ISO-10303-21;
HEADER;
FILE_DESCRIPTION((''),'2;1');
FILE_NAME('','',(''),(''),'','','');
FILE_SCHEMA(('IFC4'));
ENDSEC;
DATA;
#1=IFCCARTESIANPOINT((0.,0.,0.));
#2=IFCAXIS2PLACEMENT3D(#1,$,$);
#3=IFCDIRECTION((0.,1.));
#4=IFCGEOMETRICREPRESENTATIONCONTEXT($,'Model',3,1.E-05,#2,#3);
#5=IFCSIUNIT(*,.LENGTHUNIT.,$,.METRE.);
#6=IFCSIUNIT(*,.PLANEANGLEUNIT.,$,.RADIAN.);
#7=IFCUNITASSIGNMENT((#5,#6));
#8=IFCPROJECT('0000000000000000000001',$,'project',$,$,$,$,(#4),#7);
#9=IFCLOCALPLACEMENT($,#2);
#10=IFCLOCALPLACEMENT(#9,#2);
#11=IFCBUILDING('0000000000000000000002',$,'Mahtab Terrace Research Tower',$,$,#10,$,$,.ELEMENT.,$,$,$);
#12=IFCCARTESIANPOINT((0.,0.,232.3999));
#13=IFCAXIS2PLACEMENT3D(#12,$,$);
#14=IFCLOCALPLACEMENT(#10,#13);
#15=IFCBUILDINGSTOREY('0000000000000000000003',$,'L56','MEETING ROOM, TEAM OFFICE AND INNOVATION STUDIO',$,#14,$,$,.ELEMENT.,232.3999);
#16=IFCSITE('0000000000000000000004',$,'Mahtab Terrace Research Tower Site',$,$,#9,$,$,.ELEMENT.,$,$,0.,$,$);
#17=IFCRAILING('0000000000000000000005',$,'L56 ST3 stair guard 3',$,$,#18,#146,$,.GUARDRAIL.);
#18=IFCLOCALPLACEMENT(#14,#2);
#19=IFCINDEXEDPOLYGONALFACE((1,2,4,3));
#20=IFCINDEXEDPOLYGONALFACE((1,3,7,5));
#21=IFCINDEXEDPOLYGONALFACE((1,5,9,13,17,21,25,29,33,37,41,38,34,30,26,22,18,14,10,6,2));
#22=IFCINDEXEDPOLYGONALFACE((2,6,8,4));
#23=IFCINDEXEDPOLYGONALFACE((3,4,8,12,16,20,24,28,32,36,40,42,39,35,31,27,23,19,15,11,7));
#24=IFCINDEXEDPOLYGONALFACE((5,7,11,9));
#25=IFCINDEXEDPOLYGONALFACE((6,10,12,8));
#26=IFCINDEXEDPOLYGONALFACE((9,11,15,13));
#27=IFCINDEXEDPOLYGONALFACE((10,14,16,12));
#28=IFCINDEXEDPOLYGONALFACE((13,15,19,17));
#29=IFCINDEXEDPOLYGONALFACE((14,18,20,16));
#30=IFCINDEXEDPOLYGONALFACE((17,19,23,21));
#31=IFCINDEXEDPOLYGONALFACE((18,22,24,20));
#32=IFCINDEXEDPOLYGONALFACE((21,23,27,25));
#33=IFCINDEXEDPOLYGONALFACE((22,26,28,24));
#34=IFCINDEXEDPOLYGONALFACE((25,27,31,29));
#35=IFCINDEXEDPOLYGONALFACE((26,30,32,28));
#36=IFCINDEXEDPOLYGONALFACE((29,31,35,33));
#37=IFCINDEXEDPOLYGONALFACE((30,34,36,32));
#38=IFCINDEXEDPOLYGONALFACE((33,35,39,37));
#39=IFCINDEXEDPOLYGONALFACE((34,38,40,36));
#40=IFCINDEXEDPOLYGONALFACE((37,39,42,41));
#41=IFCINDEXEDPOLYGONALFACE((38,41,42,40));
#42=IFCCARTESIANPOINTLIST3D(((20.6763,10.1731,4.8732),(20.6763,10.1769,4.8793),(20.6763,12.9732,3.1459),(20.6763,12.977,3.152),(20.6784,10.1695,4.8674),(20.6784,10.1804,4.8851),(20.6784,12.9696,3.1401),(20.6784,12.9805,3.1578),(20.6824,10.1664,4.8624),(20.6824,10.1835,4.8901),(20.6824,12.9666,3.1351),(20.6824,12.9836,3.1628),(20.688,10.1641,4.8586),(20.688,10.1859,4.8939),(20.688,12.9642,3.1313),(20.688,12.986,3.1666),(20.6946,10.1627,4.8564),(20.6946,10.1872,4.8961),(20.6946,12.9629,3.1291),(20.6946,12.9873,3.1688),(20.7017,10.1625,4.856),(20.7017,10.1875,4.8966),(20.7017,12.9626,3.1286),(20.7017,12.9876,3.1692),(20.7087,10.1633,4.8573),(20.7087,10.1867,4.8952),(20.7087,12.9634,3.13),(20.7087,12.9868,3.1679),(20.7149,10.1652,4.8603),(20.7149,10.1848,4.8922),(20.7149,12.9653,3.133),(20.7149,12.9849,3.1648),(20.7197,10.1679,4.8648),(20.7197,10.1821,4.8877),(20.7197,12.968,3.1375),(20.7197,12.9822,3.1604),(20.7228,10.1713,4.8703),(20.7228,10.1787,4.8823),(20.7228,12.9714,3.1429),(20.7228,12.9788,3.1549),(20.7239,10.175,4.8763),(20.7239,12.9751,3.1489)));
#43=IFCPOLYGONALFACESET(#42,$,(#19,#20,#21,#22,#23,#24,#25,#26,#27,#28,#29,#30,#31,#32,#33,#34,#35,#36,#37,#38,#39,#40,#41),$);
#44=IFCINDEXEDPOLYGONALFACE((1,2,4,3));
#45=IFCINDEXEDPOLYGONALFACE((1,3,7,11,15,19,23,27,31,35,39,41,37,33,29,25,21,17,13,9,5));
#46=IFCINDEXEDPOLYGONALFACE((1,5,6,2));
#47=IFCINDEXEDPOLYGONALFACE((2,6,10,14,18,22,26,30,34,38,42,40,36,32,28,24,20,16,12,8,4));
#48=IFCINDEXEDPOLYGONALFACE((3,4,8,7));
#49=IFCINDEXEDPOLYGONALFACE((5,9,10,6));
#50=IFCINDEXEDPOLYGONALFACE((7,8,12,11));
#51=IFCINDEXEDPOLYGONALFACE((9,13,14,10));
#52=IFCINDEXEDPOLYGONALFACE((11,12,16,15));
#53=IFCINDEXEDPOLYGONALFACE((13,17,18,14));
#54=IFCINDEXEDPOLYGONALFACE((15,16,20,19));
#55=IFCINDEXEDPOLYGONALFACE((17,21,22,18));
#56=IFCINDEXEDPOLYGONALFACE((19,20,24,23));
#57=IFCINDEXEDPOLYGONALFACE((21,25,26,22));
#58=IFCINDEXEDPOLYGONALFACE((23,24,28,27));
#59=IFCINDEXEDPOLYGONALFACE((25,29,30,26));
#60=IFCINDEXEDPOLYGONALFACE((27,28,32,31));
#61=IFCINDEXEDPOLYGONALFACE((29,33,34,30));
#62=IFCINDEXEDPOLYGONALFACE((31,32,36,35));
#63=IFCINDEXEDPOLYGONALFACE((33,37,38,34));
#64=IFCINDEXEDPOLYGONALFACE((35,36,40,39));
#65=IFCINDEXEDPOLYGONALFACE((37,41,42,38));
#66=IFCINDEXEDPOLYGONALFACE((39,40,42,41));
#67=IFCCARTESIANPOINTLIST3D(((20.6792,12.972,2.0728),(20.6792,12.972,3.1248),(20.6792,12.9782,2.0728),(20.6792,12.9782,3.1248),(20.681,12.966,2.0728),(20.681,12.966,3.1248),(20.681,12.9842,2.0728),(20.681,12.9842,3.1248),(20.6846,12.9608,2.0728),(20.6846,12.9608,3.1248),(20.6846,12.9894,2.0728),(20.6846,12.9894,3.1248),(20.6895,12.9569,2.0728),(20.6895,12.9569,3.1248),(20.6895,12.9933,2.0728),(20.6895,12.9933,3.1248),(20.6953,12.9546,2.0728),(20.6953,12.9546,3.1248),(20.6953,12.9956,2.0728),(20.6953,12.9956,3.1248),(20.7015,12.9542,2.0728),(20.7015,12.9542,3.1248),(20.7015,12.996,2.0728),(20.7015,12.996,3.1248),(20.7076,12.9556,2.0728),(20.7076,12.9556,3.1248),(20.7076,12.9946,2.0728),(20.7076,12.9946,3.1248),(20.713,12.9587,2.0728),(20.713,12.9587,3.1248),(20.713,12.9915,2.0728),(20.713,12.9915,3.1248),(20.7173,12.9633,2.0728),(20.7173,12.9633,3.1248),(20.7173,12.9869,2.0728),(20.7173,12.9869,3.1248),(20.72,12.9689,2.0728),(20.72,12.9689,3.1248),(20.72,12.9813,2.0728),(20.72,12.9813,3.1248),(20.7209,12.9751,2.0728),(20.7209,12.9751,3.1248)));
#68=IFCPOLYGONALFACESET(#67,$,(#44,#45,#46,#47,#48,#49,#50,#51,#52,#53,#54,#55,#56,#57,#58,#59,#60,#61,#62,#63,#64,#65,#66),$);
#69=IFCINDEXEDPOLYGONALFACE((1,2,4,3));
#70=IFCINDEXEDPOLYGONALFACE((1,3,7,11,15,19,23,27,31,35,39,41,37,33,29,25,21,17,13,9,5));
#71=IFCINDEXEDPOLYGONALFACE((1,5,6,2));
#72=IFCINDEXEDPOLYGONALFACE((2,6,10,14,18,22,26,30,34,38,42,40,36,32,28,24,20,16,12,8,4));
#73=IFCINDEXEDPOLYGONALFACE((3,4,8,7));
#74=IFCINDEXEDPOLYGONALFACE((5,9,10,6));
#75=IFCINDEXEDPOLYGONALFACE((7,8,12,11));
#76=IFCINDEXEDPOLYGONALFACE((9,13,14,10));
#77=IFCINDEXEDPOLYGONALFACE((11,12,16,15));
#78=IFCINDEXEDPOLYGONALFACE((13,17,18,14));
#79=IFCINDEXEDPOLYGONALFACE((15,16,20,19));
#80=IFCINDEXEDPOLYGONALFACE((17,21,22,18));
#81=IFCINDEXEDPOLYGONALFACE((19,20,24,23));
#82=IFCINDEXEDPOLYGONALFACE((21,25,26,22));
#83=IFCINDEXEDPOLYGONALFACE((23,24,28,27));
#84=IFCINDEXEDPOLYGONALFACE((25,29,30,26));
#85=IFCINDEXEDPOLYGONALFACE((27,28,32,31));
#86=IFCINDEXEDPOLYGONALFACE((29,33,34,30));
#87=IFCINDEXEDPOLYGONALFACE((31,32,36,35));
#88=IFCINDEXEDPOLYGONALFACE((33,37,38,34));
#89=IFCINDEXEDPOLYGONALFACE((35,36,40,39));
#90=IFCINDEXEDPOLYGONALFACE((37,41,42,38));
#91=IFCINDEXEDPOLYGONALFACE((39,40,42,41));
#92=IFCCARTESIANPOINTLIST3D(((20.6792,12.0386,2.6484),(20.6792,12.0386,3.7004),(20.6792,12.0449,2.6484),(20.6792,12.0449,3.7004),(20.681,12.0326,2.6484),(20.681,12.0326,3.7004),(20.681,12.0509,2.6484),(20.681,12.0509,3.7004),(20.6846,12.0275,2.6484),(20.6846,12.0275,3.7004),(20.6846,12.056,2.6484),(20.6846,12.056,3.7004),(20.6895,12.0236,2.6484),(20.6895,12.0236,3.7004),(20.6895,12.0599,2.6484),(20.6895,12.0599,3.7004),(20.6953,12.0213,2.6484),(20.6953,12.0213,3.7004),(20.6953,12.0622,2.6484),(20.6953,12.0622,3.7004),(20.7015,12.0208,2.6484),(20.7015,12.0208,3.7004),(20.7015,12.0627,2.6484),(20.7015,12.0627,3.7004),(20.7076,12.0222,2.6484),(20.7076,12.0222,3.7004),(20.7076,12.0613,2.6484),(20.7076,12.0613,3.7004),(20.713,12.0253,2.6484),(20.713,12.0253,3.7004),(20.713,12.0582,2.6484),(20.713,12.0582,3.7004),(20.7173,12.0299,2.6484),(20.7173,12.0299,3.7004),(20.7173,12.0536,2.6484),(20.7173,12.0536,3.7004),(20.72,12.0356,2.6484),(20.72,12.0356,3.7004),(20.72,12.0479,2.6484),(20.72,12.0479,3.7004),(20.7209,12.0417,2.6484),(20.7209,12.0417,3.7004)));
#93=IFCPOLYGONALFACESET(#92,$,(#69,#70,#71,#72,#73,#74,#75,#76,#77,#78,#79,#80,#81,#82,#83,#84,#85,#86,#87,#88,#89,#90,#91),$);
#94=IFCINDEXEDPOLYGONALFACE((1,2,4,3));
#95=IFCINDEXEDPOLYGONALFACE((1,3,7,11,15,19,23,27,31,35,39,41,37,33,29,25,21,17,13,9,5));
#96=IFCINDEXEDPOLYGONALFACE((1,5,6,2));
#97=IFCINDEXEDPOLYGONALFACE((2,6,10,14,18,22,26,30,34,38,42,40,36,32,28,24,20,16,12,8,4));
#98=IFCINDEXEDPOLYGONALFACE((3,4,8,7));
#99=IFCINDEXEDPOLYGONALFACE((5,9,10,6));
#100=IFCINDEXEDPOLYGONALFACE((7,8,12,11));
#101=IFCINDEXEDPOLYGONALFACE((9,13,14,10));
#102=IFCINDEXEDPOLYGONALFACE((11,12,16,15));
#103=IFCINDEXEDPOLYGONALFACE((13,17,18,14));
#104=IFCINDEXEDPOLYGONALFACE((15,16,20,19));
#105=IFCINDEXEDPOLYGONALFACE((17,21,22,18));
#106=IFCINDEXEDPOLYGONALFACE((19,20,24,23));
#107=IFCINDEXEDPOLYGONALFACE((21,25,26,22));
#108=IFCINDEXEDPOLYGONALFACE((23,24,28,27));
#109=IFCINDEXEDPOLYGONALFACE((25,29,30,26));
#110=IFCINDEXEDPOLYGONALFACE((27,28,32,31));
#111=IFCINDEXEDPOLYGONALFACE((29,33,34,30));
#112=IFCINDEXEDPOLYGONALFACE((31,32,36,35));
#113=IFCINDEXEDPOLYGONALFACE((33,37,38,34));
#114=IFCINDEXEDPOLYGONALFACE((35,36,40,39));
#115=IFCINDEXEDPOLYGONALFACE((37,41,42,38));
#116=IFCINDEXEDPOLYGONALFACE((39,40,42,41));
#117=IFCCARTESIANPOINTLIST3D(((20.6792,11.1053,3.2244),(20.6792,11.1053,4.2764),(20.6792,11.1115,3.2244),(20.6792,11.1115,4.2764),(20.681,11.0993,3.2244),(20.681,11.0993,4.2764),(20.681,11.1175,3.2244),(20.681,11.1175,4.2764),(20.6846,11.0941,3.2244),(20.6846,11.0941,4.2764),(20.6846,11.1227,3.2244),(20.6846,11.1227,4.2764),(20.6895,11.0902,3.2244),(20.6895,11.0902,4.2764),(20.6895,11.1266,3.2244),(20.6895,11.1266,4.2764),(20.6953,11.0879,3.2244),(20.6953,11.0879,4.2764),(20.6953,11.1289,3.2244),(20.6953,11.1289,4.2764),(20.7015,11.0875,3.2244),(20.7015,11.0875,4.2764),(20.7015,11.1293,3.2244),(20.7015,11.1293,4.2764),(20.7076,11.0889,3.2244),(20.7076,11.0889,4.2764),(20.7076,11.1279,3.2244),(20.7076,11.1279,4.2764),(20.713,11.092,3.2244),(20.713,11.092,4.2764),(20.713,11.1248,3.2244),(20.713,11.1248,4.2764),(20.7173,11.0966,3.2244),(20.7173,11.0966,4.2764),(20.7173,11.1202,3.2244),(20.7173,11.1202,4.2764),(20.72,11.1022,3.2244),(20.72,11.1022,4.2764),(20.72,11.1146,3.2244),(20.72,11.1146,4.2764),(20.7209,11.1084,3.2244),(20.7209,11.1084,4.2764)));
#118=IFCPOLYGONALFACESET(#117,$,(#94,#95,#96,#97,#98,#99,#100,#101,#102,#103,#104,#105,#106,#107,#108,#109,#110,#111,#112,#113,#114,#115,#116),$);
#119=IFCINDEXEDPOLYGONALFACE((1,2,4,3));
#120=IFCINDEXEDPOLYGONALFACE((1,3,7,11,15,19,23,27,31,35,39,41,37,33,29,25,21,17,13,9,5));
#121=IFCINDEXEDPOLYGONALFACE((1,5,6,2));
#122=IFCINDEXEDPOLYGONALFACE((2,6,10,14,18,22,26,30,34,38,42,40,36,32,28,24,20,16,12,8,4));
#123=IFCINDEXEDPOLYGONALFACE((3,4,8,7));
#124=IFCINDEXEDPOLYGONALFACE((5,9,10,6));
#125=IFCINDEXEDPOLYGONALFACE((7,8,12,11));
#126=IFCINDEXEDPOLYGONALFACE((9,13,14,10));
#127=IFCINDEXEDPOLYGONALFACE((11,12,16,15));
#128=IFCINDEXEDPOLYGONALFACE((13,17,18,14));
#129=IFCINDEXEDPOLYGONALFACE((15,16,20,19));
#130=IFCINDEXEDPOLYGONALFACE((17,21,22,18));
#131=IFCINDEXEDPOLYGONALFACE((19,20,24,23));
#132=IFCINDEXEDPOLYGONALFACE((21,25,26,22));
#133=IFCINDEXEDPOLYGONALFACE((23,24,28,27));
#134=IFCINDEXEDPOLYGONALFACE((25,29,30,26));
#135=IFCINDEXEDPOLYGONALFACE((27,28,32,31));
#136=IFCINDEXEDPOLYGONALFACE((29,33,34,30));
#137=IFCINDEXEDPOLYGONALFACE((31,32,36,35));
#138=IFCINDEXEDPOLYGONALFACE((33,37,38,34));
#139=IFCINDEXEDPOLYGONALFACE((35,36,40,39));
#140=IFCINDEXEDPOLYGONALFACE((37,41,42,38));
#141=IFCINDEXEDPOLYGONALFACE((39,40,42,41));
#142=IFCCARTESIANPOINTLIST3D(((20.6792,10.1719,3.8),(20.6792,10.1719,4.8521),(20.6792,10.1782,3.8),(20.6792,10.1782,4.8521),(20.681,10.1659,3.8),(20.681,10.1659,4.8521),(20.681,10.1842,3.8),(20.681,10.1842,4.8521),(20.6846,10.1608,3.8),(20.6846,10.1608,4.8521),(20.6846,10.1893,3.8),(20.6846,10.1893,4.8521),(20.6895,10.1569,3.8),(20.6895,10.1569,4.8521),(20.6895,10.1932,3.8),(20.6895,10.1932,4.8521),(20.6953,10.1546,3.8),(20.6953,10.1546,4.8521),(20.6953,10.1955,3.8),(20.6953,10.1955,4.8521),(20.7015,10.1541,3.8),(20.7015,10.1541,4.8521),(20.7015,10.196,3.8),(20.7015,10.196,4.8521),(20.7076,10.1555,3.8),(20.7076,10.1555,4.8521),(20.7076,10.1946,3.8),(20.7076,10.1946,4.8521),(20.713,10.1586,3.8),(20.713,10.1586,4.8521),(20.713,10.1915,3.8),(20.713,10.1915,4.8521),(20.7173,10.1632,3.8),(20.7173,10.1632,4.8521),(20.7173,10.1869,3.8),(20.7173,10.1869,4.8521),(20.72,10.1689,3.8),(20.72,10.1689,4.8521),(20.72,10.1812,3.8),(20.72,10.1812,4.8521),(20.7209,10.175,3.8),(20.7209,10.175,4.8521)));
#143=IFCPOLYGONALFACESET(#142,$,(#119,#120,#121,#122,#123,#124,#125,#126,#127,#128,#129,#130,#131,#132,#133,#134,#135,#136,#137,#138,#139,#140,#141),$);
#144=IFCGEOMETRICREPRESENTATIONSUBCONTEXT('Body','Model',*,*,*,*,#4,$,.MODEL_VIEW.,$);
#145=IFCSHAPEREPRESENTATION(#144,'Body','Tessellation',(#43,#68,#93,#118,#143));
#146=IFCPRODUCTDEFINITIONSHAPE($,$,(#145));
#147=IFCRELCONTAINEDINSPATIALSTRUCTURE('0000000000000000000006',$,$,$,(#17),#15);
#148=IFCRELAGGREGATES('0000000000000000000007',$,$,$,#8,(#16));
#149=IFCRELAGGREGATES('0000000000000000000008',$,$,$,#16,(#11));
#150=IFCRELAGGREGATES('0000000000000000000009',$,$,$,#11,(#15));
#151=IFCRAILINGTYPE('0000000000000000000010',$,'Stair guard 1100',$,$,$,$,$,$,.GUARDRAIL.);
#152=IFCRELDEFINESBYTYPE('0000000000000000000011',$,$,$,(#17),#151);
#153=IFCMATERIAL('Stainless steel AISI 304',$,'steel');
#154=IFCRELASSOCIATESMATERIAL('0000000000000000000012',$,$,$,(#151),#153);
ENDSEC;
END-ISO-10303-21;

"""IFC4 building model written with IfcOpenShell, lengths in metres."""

from ifc_helpers import new_model, si_unit, direction, frame, origin, origin_2d, place, context, subcontext, project, spatial, circle, extrude, material, type_object, element, save


model = new_model("IFC4")

# Units and contexts
model_context = context("Model", 3, precision=1e-05, world=origin(), true_north=direction((0.0, 1.0)))
body_context = subcontext(model_context, "Body", "Model", "MODEL_VIEW")
ifc_project = project(units=[si_unit("LENGTHUNIT", "METRE"), si_unit("PLANEANGLEUNIT", "RADIAN")], contexts=[model_context])

# Site, building, storey
site_placement = place(None, origin())
site = spatial("IfcSite", under=ifc_project, at=site_placement, Name="Mahtab Terrace Research Tower Site", CompositionType="ELEMENT", RefElevation=0.0)
building_placement = place(site_placement, origin())
building = spatial("IfcBuilding", under=site, at=building_placement, Name="Mahtab Terrace Research Tower", CompositionType="ELEMENT")
storey_placement = place(building_placement, frame((0.0, 0.0, 232.3999)))
storey = spatial("IfcBuildingStorey", under=building, at=storey_placement, Name="L56", Description="MEETING ROOM, TEAM OFFICE AND INNOVATION STUDIO", CompositionType="ELEMENT", Elevation=232.3999)

# Shared definitions
ifc_material_1 = material(Name="Stainless steel AISI 304", Category="steel")

# Railing
railing_type_1 = type_object("IfcRailingType", Name="Stair guard 1100", PredefinedType="GUARDRAIL", material=ifc_material_1)
railing_1_placement = place(storey_placement, frame((20.7, 12.9751, 2.0728)))
element("IfcRailing", 1, at=railing_1_placement, inside=storey, type_object=railing_type_1, Name="L56 ST3 stair guard 3", PredefinedType="GUARDRAIL", context=body_context, shape_type="SweptSolid", body=[
    extrude(circle(Radius=0.0239, at=origin_2d()), frame((0.0, 0.0, 1.0762), z_axis=(0.0, -0.85109, 0.52502), x_axis=(1.0, 0.0, 0.0)), (0.0, 0.0, 1.0), 3.29),
    extrude(circle(Radius=0.021, at=origin_2d()), origin(), (0.0, 0.0, 1.0), 1.052),
    extrude(circle(Radius=0.021, at=origin_2d()), frame((0.0, -0.9333, 0.5757)), (0.0, 0.0, 1.0), 1.052),
    extrude(circle(Radius=0.021, at=origin_2d()), frame((0.0, -1.8667, 1.1516)), (0.0, 0.0, 1.0), 1.052),
    extrude(circle(Radius=0.021, at=origin_2d()), frame((0.0, -2.8, 1.7273)), (0.0, 0.0, 1.0), 1.052),
])

save(model, "model.ifc")
